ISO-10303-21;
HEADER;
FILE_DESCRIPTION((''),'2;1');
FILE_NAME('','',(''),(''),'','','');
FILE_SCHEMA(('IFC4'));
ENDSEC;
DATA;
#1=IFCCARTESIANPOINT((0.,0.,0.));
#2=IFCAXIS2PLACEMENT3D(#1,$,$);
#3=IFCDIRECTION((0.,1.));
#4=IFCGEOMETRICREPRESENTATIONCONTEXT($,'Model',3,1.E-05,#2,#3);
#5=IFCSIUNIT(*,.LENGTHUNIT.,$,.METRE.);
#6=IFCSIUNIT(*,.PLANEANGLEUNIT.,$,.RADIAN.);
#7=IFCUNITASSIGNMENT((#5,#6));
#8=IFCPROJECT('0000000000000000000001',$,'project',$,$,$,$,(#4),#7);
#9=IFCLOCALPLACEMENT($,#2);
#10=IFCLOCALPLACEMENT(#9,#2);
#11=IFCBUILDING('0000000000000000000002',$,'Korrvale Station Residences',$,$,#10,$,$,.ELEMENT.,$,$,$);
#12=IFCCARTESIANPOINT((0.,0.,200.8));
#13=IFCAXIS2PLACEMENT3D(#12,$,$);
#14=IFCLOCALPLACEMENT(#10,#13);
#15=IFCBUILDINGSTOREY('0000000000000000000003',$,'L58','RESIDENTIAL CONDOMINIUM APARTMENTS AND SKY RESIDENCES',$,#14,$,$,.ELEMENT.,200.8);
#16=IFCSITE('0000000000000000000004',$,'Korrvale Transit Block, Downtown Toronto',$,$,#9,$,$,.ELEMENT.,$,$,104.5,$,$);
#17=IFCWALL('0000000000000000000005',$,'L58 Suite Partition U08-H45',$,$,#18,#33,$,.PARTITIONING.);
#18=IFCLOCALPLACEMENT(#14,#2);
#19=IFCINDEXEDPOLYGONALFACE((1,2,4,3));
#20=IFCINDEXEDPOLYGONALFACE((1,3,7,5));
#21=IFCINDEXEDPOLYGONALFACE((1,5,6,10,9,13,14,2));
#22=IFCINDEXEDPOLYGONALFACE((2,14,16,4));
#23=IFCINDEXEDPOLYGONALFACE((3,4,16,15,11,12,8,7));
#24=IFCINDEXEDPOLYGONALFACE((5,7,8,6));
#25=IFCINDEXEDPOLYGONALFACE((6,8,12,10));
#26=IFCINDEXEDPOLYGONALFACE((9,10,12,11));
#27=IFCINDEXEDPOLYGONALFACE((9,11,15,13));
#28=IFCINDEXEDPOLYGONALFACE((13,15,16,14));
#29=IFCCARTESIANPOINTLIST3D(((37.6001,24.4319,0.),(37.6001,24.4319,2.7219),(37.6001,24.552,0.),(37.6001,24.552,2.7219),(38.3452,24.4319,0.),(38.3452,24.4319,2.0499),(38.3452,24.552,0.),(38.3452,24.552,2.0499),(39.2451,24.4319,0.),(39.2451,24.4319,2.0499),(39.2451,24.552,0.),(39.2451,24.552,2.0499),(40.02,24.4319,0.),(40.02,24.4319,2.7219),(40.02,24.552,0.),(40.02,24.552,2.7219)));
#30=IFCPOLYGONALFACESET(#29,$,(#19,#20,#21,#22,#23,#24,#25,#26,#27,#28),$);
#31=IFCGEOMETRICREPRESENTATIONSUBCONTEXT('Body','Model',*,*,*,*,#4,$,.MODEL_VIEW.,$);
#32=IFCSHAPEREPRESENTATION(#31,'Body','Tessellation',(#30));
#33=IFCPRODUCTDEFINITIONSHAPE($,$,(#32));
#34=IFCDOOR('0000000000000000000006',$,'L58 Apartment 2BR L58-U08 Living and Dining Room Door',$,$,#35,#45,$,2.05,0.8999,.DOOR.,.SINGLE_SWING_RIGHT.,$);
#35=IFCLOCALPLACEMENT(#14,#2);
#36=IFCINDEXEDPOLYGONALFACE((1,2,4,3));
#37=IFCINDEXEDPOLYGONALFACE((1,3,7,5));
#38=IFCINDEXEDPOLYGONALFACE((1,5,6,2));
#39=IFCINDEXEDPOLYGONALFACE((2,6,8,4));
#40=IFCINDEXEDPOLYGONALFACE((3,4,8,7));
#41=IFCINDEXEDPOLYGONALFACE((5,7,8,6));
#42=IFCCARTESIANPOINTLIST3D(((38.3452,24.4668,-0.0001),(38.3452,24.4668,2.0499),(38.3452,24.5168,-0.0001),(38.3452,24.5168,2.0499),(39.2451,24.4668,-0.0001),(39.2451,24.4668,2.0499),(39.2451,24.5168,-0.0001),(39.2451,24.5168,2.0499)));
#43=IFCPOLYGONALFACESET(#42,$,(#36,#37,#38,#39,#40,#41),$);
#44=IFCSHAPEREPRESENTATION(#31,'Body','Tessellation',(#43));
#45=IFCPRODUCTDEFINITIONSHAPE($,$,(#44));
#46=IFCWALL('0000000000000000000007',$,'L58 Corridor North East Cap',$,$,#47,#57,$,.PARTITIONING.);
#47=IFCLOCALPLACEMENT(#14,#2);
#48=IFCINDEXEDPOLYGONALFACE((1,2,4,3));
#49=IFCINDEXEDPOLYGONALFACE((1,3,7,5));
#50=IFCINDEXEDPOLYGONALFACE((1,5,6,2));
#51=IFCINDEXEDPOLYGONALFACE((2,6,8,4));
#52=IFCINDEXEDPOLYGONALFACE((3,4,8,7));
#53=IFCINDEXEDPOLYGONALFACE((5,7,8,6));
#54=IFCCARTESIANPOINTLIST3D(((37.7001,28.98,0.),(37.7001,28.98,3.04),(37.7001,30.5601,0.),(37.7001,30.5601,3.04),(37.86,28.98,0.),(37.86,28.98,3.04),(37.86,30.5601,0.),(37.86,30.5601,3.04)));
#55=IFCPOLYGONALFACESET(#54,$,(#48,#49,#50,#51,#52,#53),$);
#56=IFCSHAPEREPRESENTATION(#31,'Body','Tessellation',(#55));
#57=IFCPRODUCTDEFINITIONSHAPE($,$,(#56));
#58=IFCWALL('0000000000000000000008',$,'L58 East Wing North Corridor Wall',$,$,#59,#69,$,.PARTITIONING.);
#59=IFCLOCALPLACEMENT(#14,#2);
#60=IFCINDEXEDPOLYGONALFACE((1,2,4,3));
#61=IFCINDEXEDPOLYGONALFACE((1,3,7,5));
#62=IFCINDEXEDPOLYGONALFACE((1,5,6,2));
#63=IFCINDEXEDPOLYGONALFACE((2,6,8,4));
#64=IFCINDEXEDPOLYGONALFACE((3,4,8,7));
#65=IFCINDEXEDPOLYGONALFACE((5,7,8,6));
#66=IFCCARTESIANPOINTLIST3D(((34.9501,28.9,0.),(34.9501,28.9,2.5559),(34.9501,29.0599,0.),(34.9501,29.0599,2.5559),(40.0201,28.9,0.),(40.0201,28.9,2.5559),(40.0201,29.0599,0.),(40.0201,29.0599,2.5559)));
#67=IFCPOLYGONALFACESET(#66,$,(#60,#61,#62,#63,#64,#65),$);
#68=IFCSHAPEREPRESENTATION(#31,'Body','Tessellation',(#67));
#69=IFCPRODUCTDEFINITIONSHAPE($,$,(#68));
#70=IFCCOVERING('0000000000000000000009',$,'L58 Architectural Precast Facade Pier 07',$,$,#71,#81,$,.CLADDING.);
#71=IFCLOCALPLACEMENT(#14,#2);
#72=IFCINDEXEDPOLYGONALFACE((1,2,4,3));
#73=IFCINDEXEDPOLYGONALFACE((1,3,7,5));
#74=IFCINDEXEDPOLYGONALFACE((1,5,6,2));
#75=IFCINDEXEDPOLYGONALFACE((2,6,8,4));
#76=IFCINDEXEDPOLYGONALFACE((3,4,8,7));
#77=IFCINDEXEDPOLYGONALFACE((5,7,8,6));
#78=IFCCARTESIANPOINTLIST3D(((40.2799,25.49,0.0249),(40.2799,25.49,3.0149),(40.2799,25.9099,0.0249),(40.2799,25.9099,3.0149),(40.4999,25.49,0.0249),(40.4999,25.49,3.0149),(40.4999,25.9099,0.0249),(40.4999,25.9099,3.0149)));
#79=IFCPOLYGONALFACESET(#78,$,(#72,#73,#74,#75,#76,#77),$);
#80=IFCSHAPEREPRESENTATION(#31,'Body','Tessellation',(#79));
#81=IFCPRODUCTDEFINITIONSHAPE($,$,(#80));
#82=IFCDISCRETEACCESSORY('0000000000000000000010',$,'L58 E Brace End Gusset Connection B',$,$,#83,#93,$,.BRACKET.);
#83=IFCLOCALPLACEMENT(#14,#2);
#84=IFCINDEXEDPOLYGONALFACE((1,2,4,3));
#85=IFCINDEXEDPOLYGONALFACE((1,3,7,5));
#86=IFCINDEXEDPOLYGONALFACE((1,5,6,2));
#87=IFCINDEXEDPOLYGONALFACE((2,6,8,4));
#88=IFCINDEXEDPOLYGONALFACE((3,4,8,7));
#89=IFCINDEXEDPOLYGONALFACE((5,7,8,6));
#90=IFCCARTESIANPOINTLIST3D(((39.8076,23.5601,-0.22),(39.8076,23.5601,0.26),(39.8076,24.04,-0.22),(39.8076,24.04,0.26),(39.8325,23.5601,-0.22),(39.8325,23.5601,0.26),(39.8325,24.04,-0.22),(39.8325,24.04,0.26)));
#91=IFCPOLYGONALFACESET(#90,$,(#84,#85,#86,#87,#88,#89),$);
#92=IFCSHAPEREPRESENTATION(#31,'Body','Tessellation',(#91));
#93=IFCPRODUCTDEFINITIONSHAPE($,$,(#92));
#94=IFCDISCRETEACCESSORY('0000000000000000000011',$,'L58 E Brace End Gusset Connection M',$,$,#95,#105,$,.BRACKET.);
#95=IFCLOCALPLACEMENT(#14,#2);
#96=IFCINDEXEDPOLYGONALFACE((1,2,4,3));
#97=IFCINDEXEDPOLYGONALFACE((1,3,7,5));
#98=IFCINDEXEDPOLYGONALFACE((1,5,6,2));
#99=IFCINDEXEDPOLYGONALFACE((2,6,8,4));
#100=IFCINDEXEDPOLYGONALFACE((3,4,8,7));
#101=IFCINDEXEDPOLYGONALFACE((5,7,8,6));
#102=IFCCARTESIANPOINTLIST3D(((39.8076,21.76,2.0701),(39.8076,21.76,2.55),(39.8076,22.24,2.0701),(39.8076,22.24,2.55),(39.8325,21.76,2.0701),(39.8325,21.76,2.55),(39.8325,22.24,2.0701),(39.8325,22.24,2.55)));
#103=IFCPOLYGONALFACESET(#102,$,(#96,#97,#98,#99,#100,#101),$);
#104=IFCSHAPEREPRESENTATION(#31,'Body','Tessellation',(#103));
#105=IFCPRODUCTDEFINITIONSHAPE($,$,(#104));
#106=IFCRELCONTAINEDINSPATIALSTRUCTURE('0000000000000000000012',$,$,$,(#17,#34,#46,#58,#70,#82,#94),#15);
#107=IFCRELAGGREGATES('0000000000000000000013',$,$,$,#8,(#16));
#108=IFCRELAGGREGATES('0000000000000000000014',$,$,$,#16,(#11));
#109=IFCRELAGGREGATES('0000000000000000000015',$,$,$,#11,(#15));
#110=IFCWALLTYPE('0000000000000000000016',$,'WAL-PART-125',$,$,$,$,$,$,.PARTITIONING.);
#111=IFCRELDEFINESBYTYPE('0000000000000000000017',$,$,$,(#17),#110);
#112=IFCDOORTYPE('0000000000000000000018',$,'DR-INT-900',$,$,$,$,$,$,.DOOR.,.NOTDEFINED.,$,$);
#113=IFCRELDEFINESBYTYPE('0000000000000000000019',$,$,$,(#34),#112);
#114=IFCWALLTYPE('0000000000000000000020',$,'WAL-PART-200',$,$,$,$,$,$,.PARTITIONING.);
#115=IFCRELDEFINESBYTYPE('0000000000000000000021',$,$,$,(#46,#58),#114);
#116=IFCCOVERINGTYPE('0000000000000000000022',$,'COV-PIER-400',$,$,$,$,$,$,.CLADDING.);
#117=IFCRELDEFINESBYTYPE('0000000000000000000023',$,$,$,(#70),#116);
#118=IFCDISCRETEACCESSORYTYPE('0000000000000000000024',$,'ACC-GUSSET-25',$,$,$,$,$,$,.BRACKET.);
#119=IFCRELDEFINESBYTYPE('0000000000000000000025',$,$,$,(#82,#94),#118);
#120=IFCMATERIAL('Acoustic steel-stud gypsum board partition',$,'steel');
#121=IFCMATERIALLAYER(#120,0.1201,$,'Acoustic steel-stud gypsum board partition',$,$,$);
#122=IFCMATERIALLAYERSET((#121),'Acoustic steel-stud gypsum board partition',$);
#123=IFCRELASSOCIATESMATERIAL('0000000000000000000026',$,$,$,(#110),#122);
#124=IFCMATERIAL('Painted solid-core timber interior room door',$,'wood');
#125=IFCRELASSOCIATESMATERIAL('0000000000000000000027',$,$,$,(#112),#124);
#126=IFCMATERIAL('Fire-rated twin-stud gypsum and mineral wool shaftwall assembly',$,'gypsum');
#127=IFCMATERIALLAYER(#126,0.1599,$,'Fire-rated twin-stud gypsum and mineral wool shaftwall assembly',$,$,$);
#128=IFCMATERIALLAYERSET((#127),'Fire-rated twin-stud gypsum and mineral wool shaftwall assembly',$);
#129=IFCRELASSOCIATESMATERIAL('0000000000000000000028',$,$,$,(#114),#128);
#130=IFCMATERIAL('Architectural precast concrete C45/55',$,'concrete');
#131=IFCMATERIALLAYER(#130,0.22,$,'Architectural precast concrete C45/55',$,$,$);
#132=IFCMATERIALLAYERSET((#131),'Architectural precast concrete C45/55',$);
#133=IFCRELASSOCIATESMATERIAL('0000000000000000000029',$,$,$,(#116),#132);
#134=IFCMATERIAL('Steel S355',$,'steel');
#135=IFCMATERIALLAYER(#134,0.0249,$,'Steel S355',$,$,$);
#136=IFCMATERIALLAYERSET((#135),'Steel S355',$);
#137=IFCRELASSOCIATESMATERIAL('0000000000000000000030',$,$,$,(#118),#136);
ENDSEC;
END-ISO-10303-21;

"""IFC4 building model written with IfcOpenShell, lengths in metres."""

from ifc_helpers import new_model, si_unit, direction, frame, frame_2d, origin, origin_2d, place, context, subcontext, project, spatial, rectangle, extrude, material, layer, layer_set, type_object, element, fill, save


model = new_model("IFC4")

# Units and contexts
model_context = context("Model", 3, precision=1e-05, world=origin(), true_north=direction((0.0, 1.0)))
body_context = subcontext(model_context, "Body", "Model", "MODEL_VIEW")
ifc_project = project(units=[si_unit("LENGTHUNIT", "METRE"), si_unit("PLANEANGLEUNIT", "RADIAN")], contexts=[model_context])

# Site, building, storey
site_placement = place(None, origin())
site = spatial("IfcSite", under=ifc_project, at=site_placement, Name="Korrvale Transit Block, Downtown Toronto", CompositionType="ELEMENT", RefElevation=104.5)
building_placement = place(site_placement, origin())
building = spatial("IfcBuilding", under=site, at=building_placement, Name="Korrvale Station Residences", CompositionType="ELEMENT")
storey_placement = place(building_placement, frame((0.0, 0.0, 200.8)))
storey = spatial("IfcBuildingStorey", under=building, at=storey_placement, Name="L58", Description="RESIDENTIAL CONDOMINIUM APARTMENTS AND SKY RESIDENCES", CompositionType="ELEMENT", Elevation=200.8)

# Shared definitions
ifc_material_1 = material(Name="Steel S355", Category="steel")

# Wall, opening, door
ifc_material_2 = material(Name="Acoustic steel-stud gypsum board partition", Category="steel")
ifc_layer_1 = layer(ifc_material_2, 0.1201, Name="Acoustic steel-stud gypsum board partition")
ifc_layer_set_1 = layer_set([ifc_layer_1], Name="Acoustic steel-stud gypsum board partition")
wall_type_1 = type_object("IfcWallType", Name="WAL-PART-125", PredefinedType="PARTITIONING", material=ifc_layer_set_1)
ifc_material_3 = material(Name="Painted solid-core timber interior room door", Category="wood")
door_type = type_object("IfcDoorType", Name="DR-INT-900", OperationType="NOTDEFINED", PredefinedType="DOOR", material=ifc_material_3)
wall_1_placement = place(storey_placement, frame((37.6001, 24.4919, 0.0), z_axis=(0.0, 0.0, 1.0), x_axis=(1.0, 0.0, 0.0)))
wall_1 = element("IfcWall", 1, at=wall_1_placement, inside=storey, type_object=wall_type_1, Name="L58 Suite Partition U08-H45", PredefinedType="PARTITIONING", context=body_context, shape_type="SweptSolid", body=[
    extrude(rectangle(XDim=2.4199, YDim=0.1201, at=frame_2d((1.21, 0.0))), origin(), (0.0, 0.0, 1.0), 2.7219),
])
opening_1_placement = place(wall_1_placement, frame((0.7451, 0.0, 0.0)))
opening_1 = element("IfcOpeningElement", 2, at=opening_1_placement, cuts=wall_1, PredefinedType="OPENING", context=body_context, shape_type="SweptSolid", body=[
    extrude(rectangle(XDim=0.8999, YDim=2.05, at=frame_2d((0.45, 1.0249))), frame((0.0, 0.0701, 0.0), z_axis=(0.0, -1.0, 0.0), x_axis=(1.0, 0.0, 0.0)), (0.0, 0.0, 1.0), 0.1401),
])
door_1_placement = place(opening_1_placement, origin())
door_1 = element("IfcDoor", 3, at=door_1_placement, inside=storey, type_object=door_type, Name="L58 Apartment 2BR L58-U08 Living and Dining Room Door", OperationType="SINGLE_SWING_RIGHT", OverallHeight=2.05, OverallWidth=0.8999, PredefinedType="DOOR", context=body_context, shape_type="SweptSolid", body=[
    extrude(rectangle(XDim=0.8999, YDim=2.05, at=frame_2d((0.45, 1.0249))), frame((0.0, 0.0249, 0.0), z_axis=(0.0, -1.0, 0.0), x_axis=(1.0, 0.0, 0.0)), (0.0, 0.0, 1.0), 0.05),
])
fill(opening_1, door_1)

# Walls
ifc_material_4 = material(Name="Fire-rated twin-stud gypsum and mineral wool shaftwall assembly", Category="gypsum")
ifc_layer_2 = layer(ifc_material_4, 0.1599, Name="Fire-rated twin-stud gypsum and mineral wool shaftwall assembly")
ifc_layer_set_2 = layer_set([ifc_layer_2], Name="Fire-rated twin-stud gypsum and mineral wool shaftwall assembly")
wall_type_2 = type_object("IfcWallType", Name="WAL-PART-200", PredefinedType="PARTITIONING", material=ifc_layer_set_2)
wall_2_placement = place(storey_placement, frame((37.78, 28.98, 0.0), z_axis=(0.0, 0.0, 1.0), x_axis=(0.0, 1.0, 0.0)))
element("IfcWall", 4, at=wall_2_placement, inside=storey, type_object=wall_type_2, Name="L58 Corridor North East Cap", PredefinedType="PARTITIONING", context=body_context, shape_type="SweptSolid", body=[
    extrude(rectangle(XDim=1.5801, YDim=0.1599, at=frame_2d((0.79, 0.0))), origin(), (0.0, 0.0, 1.0), 3.04),
])
wall_3_placement = place(storey_placement, frame((34.95, 28.98, 0.0), z_axis=(0.0, 0.0, 1.0), x_axis=(1.0, 0.0, 0.0)))
element("IfcWall", 5, at=wall_3_placement, inside=storey, type_object=wall_type_2, Name="L58 East Wing North Corridor Wall", PredefinedType="PARTITIONING", context=body_context, shape_type="SweptSolid", body=[
    extrude(rectangle(XDim=5.0701, YDim=0.1599, at=frame_2d((2.5352, 0.0))), origin(), (0.0, 0.0, 1.0), 2.5559),
])

# Covering
ifc_material_5 = material(Name="Architectural precast concrete C45/55", Category="concrete")
ifc_layer_3 = layer(ifc_material_5, 0.22, Name="Architectural precast concrete C45/55")
ifc_layer_set_3 = layer_set([ifc_layer_3], Name="Architectural precast concrete C45/55")
covering_type = type_object("IfcCoveringType", Name="COV-PIER-400", PredefinedType="CLADDING", material=ifc_layer_set_3)
covering_placement = place(storey_placement, frame((40.3899, 25.7, 0.0249), z_axis=(0.0, 0.0, 1.0), x_axis=(0.0, 1.0, 0.0)))
element("IfcCovering", 6, at=covering_placement, inside=storey, type_object=covering_type, Name="L58 Architectural Precast Facade Pier 07", PredefinedType="CLADDING", context=body_context, shape_type="SweptSolid", body=[
    extrude(rectangle(XDim=0.4199, YDim=0.22, at=origin_2d()), origin(), (0.0, 0.0, 1.0), 2.99),
])

# Discrete accessories
ifc_layer_4 = layer(ifc_material_1, 0.0249, Name="Steel S355")
ifc_layer_set_4 = layer_set([ifc_layer_4], Name="Steel S355")
discrete_accessory_type = type_object("IfcDiscreteAccessoryType", Name="ACC-GUSSET-25", PredefinedType="BRACKET", material=ifc_layer_set_4)
for number, where, z_axis, x_axis, name in (
    (7, (39.8201, 23.8, -0.22), (0.0, 0.0, 1.0), (0.0, 1.0, 0.0), "L58 E Brace End Gusset Connection B"),
    (8, (39.8201, 22.0, 2.0701), (0.0, 0.0, 1.0), (0.0, 1.0, 0.0), "L58 E Brace End Gusset Connection M"),
):
    element("IfcDiscreteAccessory", number, at=place(storey_placement, frame(where, z_axis=z_axis, x_axis=x_axis)), inside=storey, type_object=discrete_accessory_type, Name=name, PredefinedType="BRACKET", context=body_context, shape_type="SweptSolid", body=[
        extrude(rectangle(XDim=0.48, YDim=0.0249, at=origin_2d()), origin(), (0.0, 0.0, 1.0), 0.48),
    ])

save(model, "model.ifc")
